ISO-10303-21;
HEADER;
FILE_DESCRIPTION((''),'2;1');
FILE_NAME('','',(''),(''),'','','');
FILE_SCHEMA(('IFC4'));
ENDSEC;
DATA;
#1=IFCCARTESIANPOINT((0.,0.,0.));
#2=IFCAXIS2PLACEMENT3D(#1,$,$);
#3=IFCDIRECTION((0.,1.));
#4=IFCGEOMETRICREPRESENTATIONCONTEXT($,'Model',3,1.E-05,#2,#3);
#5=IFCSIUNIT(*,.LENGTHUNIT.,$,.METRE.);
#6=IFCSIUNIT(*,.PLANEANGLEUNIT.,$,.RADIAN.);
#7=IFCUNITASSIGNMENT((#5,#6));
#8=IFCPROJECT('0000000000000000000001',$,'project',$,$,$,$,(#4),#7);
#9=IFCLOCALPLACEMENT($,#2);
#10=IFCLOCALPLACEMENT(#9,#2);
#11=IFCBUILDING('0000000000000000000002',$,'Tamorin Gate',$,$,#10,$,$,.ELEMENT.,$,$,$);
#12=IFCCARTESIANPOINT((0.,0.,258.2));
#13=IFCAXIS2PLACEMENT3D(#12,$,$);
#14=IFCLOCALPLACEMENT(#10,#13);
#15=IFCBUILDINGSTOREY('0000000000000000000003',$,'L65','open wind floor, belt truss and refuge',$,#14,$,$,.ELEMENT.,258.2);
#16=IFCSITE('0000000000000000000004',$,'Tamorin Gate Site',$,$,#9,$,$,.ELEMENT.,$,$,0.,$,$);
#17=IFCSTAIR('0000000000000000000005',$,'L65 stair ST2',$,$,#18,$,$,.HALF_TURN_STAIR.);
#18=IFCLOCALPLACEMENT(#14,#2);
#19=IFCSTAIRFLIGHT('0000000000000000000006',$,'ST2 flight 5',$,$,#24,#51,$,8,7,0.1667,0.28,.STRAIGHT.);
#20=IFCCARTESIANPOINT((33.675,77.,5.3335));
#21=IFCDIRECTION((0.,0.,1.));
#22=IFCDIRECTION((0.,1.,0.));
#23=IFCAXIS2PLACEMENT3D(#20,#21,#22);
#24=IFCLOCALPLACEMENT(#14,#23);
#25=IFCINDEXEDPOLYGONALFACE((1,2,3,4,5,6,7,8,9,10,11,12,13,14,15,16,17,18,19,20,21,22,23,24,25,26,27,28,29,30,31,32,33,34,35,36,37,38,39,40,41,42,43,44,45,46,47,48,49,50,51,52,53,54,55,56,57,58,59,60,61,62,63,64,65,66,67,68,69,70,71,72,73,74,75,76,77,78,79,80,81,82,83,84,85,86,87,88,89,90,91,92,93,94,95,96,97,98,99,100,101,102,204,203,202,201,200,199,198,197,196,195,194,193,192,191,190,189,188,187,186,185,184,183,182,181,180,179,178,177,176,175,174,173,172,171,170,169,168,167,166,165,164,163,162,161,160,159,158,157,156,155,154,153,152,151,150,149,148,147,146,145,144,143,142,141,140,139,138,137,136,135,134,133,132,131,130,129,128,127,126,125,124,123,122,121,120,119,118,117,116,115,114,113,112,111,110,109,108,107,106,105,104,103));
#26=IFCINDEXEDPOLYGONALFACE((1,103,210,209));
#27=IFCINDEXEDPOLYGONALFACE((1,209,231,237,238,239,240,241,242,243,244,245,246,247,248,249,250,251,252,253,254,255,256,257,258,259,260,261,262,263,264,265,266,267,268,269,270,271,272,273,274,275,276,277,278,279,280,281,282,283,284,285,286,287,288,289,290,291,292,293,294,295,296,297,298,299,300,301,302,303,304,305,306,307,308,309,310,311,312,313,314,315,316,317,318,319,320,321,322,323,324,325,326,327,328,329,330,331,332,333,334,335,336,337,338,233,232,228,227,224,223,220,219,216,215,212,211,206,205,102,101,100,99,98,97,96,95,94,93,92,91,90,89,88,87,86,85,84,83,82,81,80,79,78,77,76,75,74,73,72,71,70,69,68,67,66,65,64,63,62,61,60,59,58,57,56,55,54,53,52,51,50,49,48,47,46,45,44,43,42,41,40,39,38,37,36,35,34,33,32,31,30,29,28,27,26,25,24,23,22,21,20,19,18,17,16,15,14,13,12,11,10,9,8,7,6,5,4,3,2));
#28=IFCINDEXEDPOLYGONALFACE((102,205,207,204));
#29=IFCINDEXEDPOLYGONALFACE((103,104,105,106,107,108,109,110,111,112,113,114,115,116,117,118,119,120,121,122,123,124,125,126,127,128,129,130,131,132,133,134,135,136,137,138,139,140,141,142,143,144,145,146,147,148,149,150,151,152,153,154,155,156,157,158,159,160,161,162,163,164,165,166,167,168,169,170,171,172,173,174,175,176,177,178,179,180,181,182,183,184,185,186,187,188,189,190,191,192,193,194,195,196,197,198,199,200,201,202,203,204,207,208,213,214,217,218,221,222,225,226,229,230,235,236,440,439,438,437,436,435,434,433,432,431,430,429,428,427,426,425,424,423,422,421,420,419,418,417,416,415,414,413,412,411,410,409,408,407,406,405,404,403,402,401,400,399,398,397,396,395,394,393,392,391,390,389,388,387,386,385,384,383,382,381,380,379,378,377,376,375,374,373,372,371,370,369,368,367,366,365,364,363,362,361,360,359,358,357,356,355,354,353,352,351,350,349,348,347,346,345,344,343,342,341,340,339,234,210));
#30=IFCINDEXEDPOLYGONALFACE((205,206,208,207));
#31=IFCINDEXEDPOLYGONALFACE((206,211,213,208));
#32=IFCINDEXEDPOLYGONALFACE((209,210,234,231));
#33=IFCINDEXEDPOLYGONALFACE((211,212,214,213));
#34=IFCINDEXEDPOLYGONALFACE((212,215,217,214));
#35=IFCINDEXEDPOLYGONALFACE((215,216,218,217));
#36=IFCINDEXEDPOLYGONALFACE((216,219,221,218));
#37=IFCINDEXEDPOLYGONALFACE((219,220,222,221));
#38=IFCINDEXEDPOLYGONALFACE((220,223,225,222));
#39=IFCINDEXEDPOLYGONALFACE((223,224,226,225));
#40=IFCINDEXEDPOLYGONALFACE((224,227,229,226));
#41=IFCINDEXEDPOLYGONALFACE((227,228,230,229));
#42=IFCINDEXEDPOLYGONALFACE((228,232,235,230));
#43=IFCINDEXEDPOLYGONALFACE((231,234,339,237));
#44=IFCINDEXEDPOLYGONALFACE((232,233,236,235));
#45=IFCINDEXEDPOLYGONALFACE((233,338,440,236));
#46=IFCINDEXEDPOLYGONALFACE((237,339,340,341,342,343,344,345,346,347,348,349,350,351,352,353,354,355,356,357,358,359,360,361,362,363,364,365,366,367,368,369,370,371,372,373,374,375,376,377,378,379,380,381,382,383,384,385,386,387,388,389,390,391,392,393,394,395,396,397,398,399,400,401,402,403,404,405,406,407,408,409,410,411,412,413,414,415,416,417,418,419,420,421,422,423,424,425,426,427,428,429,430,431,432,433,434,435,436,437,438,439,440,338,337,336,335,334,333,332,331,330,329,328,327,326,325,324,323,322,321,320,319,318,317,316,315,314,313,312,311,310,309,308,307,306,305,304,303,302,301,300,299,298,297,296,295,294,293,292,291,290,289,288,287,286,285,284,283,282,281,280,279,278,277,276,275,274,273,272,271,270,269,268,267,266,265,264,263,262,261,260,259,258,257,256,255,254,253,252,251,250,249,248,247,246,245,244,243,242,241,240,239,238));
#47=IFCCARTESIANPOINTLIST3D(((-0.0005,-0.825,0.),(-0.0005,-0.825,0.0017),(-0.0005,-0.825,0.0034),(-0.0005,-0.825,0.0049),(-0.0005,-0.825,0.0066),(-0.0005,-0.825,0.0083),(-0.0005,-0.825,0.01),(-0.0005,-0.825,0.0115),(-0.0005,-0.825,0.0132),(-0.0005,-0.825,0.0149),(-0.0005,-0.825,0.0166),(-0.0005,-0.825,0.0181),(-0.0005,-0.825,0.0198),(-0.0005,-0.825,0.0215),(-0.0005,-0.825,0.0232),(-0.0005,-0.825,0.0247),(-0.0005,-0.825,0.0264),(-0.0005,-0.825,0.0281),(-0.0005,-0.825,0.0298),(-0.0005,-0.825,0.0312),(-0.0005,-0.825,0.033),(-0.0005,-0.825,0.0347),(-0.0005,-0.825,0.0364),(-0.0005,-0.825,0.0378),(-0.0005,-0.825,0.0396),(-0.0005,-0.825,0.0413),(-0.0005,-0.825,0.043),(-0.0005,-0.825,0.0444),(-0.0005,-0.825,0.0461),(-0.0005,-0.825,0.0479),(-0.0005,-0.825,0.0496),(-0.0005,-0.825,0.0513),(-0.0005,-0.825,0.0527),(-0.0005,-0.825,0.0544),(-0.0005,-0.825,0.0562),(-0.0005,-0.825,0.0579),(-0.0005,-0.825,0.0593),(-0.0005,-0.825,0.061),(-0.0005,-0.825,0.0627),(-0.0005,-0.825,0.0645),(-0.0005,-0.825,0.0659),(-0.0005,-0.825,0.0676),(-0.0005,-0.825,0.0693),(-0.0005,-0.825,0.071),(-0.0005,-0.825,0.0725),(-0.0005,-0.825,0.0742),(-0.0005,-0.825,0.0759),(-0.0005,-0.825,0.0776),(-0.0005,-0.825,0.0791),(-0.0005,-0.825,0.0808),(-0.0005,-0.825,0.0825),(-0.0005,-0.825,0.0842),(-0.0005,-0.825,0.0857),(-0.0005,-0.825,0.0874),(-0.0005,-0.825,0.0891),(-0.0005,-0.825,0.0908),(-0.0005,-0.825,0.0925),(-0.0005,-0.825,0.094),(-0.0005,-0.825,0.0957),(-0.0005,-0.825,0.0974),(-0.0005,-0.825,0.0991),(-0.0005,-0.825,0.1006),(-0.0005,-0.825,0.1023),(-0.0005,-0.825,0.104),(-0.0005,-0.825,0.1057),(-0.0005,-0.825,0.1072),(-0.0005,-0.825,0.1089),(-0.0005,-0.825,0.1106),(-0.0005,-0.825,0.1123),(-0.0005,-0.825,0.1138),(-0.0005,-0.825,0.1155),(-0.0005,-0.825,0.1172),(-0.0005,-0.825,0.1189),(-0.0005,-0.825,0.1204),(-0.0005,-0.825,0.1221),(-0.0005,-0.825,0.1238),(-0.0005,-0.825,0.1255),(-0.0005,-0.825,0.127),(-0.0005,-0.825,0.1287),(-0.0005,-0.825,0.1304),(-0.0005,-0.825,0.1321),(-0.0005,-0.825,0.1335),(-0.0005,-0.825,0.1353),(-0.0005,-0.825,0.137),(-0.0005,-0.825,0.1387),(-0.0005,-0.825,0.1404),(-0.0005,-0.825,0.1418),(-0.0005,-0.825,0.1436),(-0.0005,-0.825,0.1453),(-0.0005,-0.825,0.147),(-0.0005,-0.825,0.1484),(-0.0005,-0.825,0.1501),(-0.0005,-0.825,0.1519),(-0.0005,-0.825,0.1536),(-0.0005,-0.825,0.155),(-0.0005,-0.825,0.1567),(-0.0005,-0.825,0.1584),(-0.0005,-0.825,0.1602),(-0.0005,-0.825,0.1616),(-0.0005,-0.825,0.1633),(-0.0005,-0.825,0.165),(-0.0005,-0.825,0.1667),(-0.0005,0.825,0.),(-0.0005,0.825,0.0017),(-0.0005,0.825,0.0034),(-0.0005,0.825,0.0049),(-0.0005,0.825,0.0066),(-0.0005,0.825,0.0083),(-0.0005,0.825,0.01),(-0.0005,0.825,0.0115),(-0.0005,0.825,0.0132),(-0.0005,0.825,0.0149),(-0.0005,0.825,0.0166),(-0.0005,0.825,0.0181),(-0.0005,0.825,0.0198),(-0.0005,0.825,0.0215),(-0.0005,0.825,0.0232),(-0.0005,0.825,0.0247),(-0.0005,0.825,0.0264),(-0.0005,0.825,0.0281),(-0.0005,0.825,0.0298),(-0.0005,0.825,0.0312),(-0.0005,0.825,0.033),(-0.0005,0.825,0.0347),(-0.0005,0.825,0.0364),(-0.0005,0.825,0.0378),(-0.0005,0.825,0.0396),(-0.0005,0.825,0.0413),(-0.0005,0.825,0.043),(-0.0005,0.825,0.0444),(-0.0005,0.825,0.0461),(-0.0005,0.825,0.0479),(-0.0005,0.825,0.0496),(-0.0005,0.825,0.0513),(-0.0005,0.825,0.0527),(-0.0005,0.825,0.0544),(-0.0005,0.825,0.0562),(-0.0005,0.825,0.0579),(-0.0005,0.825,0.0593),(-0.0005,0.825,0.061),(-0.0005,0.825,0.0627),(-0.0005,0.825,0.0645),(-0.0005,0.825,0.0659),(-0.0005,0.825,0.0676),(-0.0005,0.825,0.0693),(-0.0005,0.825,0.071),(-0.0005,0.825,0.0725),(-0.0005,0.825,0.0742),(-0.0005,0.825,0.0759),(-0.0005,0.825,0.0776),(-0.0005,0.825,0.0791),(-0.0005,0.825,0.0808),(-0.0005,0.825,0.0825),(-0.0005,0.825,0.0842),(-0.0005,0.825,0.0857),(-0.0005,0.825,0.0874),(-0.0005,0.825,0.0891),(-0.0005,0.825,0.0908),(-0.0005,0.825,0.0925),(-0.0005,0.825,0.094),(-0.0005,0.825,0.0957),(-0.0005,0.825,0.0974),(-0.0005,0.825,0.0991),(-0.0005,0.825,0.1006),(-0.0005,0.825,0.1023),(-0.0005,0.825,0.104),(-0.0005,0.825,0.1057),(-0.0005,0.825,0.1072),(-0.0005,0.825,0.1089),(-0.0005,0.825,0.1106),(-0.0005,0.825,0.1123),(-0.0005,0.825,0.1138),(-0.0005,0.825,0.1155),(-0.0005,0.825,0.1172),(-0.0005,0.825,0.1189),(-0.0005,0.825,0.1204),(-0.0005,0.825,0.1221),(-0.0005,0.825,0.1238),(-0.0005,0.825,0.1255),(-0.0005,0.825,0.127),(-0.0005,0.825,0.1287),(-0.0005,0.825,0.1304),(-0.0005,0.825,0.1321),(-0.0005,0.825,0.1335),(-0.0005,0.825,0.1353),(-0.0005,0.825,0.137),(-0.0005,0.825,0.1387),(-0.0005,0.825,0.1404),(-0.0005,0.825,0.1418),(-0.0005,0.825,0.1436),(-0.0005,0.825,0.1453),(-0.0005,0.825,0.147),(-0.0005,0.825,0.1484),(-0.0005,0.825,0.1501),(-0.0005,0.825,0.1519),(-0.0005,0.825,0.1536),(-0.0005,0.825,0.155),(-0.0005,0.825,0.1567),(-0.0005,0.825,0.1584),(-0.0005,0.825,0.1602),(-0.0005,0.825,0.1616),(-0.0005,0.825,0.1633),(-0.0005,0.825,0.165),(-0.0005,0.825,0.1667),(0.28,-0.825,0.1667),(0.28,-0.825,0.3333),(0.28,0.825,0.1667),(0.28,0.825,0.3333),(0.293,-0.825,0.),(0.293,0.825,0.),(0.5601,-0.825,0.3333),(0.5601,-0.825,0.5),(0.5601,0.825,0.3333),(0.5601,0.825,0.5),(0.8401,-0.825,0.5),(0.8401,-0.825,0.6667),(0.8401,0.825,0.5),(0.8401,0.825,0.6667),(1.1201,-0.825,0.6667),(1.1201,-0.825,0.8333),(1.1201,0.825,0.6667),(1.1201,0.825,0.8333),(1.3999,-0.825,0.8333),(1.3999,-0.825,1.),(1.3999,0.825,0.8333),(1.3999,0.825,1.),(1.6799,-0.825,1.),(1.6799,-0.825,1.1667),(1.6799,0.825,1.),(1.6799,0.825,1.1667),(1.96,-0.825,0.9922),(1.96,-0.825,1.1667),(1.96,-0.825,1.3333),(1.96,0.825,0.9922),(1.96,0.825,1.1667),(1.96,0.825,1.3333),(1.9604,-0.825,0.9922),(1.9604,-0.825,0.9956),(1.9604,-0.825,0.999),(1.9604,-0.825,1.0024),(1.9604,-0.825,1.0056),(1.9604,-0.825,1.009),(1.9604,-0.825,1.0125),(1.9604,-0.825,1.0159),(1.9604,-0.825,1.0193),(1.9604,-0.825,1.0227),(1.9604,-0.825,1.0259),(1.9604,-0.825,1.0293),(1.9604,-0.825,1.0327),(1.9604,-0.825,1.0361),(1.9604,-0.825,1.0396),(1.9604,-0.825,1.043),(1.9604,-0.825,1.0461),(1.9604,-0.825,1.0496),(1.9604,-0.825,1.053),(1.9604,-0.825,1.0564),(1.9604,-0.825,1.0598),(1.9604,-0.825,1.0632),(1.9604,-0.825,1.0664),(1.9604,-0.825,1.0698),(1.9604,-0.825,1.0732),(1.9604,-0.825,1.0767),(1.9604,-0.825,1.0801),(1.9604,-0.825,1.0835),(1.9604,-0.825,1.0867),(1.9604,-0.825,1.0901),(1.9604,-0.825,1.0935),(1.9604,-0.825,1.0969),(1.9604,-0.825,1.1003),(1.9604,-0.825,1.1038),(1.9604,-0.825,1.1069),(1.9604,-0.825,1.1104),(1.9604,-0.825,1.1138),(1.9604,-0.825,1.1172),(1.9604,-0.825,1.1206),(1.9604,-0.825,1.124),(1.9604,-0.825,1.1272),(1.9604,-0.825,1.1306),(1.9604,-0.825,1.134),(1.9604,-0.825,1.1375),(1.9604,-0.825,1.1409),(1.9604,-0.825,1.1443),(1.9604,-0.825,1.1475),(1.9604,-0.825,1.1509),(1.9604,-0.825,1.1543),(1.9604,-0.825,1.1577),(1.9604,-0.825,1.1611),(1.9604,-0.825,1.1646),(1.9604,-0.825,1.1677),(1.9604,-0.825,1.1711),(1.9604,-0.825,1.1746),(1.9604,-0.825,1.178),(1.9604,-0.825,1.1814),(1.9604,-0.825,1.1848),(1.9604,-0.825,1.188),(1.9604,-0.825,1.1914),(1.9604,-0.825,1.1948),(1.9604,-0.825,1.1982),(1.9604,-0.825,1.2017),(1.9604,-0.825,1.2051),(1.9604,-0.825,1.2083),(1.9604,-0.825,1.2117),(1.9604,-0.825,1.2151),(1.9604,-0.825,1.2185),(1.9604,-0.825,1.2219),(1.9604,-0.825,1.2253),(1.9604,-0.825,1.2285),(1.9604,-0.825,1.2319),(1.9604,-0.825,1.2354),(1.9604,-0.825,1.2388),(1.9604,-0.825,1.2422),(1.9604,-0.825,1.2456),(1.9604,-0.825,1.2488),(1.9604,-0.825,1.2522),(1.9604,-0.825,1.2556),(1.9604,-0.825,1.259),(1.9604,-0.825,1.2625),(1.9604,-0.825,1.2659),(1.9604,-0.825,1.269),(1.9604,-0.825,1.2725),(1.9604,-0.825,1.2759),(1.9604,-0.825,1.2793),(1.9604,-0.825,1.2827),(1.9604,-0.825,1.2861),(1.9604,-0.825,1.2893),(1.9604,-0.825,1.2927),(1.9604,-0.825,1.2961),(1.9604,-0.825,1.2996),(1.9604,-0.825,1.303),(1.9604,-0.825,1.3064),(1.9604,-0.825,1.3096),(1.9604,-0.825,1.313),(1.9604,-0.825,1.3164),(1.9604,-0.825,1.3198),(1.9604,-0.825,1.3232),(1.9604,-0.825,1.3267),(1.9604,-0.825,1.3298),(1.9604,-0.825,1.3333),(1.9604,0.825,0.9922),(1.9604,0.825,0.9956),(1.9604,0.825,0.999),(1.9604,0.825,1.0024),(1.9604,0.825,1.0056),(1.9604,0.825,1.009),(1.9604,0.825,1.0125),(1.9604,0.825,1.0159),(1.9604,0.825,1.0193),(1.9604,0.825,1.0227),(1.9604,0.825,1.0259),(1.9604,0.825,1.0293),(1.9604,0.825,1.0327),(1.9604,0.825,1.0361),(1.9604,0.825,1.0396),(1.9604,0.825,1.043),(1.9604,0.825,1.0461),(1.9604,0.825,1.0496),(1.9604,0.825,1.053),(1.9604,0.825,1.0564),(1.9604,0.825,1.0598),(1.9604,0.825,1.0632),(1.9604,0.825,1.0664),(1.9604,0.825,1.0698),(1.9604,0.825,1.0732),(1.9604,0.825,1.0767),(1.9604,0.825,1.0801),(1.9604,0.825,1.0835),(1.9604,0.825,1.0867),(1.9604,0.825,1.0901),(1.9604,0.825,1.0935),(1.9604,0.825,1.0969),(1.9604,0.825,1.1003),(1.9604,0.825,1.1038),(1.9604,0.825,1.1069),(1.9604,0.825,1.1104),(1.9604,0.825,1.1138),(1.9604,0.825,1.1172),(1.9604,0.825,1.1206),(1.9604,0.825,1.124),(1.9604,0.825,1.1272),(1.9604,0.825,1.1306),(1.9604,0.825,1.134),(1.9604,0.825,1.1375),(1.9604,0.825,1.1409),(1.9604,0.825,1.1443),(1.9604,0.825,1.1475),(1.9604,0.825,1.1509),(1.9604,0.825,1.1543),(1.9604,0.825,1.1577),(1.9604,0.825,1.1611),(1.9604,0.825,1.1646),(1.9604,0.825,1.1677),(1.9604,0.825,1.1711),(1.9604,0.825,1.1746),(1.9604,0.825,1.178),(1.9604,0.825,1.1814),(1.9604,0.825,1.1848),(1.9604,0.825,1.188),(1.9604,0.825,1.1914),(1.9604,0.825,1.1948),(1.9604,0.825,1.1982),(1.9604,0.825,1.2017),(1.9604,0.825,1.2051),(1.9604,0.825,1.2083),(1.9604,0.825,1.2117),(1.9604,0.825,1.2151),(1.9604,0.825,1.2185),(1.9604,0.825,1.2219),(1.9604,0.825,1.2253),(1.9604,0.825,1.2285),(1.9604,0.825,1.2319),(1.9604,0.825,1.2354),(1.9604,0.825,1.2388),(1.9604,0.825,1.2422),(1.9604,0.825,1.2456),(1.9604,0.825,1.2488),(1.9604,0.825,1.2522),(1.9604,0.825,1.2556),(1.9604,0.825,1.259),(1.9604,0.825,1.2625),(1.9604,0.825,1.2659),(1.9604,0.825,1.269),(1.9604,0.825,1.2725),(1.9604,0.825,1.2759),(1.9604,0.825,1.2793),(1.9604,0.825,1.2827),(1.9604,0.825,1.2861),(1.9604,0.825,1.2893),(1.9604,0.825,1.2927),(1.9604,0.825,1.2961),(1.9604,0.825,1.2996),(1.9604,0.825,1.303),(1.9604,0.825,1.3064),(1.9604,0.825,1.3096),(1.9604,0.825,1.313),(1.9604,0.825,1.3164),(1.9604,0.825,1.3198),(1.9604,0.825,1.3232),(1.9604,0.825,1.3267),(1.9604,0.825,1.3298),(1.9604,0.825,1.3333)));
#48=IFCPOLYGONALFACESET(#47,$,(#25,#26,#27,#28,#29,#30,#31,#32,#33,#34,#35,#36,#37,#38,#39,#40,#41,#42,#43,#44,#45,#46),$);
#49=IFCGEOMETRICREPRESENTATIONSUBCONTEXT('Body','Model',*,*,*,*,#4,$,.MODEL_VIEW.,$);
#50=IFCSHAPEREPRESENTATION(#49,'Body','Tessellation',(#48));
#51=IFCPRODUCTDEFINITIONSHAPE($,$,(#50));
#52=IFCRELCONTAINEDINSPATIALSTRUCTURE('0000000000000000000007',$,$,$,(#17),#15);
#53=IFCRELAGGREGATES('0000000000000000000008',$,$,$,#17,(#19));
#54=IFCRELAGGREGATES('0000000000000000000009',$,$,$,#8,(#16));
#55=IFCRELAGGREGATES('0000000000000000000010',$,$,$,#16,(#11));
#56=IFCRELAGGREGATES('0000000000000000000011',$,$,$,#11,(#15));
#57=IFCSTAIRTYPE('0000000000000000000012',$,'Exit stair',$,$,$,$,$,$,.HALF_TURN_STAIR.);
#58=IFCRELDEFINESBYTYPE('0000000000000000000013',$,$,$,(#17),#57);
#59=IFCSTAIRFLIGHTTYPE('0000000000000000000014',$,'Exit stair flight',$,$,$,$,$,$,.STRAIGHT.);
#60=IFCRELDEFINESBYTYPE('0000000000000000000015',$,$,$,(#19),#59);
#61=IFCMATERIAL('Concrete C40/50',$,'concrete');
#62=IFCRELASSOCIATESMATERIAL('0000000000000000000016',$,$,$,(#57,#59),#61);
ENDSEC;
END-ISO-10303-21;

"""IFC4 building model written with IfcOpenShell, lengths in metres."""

from ifc_helpers import new_model, si_unit, direction, frame, origin, place, context, subcontext, project, spatial, polyline, outline, extrude, material, type_object, element, aggregate, save


model = new_model("IFC4")

# Units and contexts
model_context = context("Model", 3, precision=1e-05, world=origin(), true_north=direction((0.0, 1.0)))
body_context = subcontext(model_context, "Body", "Model", "MODEL_VIEW")
ifc_project = project(units=[si_unit("LENGTHUNIT", "METRE"), si_unit("PLANEANGLEUNIT", "RADIAN")], contexts=[model_context])

# Site, building, storey
site_placement = place(None, origin())
site = spatial("IfcSite", under=ifc_project, at=site_placement, Name="Tamorin Gate Site", CompositionType="ELEMENT", RefElevation=0.0)
building_placement = place(site_placement, origin())
building = spatial("IfcBuilding", under=site, at=building_placement, Name="Tamorin Gate", CompositionType="ELEMENT")
storey_placement = place(building_placement, frame((0.0, 0.0, 258.2)))
storey = spatial("IfcBuildingStorey", under=building, at=storey_placement, Name="L65", Description="open wind floor, belt truss and refuge", CompositionType="ELEMENT", Elevation=258.2)

# Shared definitions
ifc_material_1 = material(Name="Concrete C40/50", Category="concrete")

# Stair, stair flight
stair_type = type_object("IfcStairType", Name="Exit stair", PredefinedType="HALF_TURN_STAIR", material=ifc_material_1)
stair_flight_type = type_object("IfcStairFlightType", Name="Exit stair flight", PredefinedType="STRAIGHT", material=ifc_material_1)
stair_1_placement = place(storey_placement, origin())
stair_1 = element("IfcStair", 1, at=stair_1_placement, inside=storey, type_object=stair_type, Name="L65 stair ST2", PredefinedType="HALF_TURN_STAIR")
stair_flight_1_placement = place(storey_placement, frame((33.675, 77.0, 5.3335), z_axis=(0.0, 0.0, 1.0), x_axis=(0.0, 1.0, 0.0)))
stair_flight_1 = element("IfcStairFlight", 2, at=stair_flight_1_placement, type_object=stair_flight_type, Name="ST2 flight 5", NumberOfRisers=8, NumberOfTreads=7, PredefinedType="STRAIGHT", RiserHeight=0.1667, TreadLength=0.28, context=body_context, shape_type="SweptSolid", body=[
    extrude(outline(polyline([(-0.0005, 0.0), (-0.0005, 0.0017), (-0.0005, 0.0034), (-0.0005, 0.0049), (-0.0005, 0.0066), (-0.0005, 0.0083), (-0.0005, 0.01), (-0.0005, 0.0115), (-0.0005, 0.0132), (-0.0005, 0.0149), (-0.0005, 0.0166), (-0.0005, 0.0181), (-0.0005, 0.0198), (-0.0005, 0.0215), (-0.0005, 0.0232), (-0.0005, 0.0247), (-0.0005, 0.0264), (-0.0005, 0.0281), (-0.0005, 0.0298), (-0.0005, 0.0312), (-0.0005, 0.033), (-0.0005, 0.0347), (-0.0005, 0.0364), (-0.0005, 0.0378), (-0.0005, 0.0396), (-0.0005, 0.0413), (-0.0005, 0.043), (-0.0005, 0.0444), (-0.0005, 0.0461), (-0.0005, 0.0479), (-0.0005, 0.0496), (-0.0005, 0.0513), (-0.0005, 0.0527), (-0.0005, 0.0544), (-0.0005, 0.0562), (-0.0005, 0.0579), (-0.0005, 0.0593), (-0.0005, 0.061), (-0.0005, 0.0627), (-0.0005, 0.0645), (-0.0005, 0.0659), (-0.0005, 0.0676), (-0.0005, 0.0693), (-0.0005, 0.071), (-0.0005, 0.0725), (-0.0005, 0.0742), (-0.0005, 0.0759), (-0.0005, 0.0776), (-0.0005, 0.0791), (-0.0005, 0.0808), (-0.0005, 0.0825), (-0.0005, 0.0842), (-0.0005, 0.0857), (-0.0005, 0.0874), (-0.0005, 0.0891), (-0.0005, 0.0908), (-0.0005, 0.0925), (-0.0005, 0.094), (-0.0005, 0.0957), (-0.0005, 0.0974), (-0.0005, 0.0991), (-0.0005, 0.1006), (-0.0005, 0.1023), (-0.0005, 0.104), (-0.0005, 0.1057), (-0.0005, 0.1072), (-0.0005, 0.1089), (-0.0005, 0.1106), (-0.0005, 0.1123), (-0.0005, 0.1138), (-0.0005, 0.1155), (-0.0005, 0.1172), (-0.0005, 0.1189), (-0.0005, 0.1204), (-0.0005, 0.1221), (-0.0005, 0.1238), (-0.0005, 0.1255), (-0.0005, 0.127), (-0.0005, 0.1287), (-0.0005, 0.1304), (-0.0005, 0.1321), (-0.0005, 0.1335), (-0.0005, 0.1353), (-0.0005, 0.137), (-0.0005, 0.1387), (-0.0005, 0.1404), (-0.0005, 0.1418), (-0.0005, 0.1436), (-0.0005, 0.1453), (-0.0005, 0.147), (-0.0005, 0.1484), (-0.0005, 0.1501), (-0.0005, 0.1519), (-0.0005, 0.1536), (-0.0005, 0.155), (-0.0005, 0.1567), (-0.0005, 0.1584), (-0.0005, 0.1602), (-0.0005, 0.1616), (-0.0005, 0.1633), (-0.0005, 0.165), (-0.0005, 0.1667), (0.28, 0.1667), (0.28, 0.3333), (0.5601, 0.3333), (0.5601, 0.5), (0.8401, 0.5), (0.8401, 0.6667), (1.1201, 0.6667), (1.1201, 0.8333), (1.3999, 0.8333), (1.3999, 1.0), (1.6799, 1.0), (1.6799, 1.1667), (1.96, 1.1667), (1.96, 1.3333), (1.9604, 1.3333), (1.9604, 1.3298), (1.9604, 1.3267), (1.9604, 1.3232), (1.9604, 1.3198), (1.9604, 1.3164), (1.9604, 1.313), (1.9604, 1.3096), (1.9604, 1.3064), (1.9604, 1.303), (1.9604, 1.2996), (1.9604, 1.2961), (1.9604, 1.2927), (1.9604, 1.2893), (1.9604, 1.2861), (1.9604, 1.2827), (1.9604, 1.2793), (1.9604, 1.2759), (1.9604, 1.2725), (1.9604, 1.269), (1.9604, 1.2659), (1.9604, 1.2625), (1.9604, 1.259), (1.9604, 1.2556), (1.9604, 1.2522), (1.9604, 1.2488), (1.9604, 1.2456), (1.9604, 1.2422), (1.9604, 1.2388), (1.9604, 1.2354), (1.9604, 1.2319), (1.9604, 1.2285), (1.9604, 1.2253), (1.9604, 1.2219), (1.9604, 1.2185), (1.9604, 1.2151), (1.9604, 1.2117), (1.9604, 1.2083), (1.9604, 1.2051), (1.9604, 1.2017), (1.9604, 1.1982), (1.9604, 1.1948), (1.9604, 1.1914), (1.9604, 1.188), (1.9604, 1.1848), (1.9604, 1.1814), (1.9604, 1.178), (1.9604, 1.1746), (1.9604, 1.1711), (1.9604, 1.1677), (1.9604, 1.1646), (1.9604, 1.1611), (1.9604, 1.1577), (1.9604, 1.1543), (1.9604, 1.1509), (1.9604, 1.1475), (1.9604, 1.1443), (1.9604, 1.1409), (1.9604, 1.1375), (1.9604, 1.134), (1.9604, 1.1306), (1.9604, 1.1272), (1.9604, 1.124), (1.9604, 1.1206), (1.9604, 1.1172), (1.9604, 1.1138), (1.9604, 1.1104), (1.9604, 1.1069), (1.9604, 1.1038), (1.9604, 1.1003), (1.9604, 1.0969), (1.9604, 1.0935), (1.9604, 1.0901), (1.9604, 1.0867), (1.9604, 1.0835), (1.9604, 1.0801), (1.9604, 1.0767), (1.9604, 1.0732), (1.9604, 1.0698), (1.9604, 1.0664), (1.9604, 1.0632), (1.9604, 1.0598), (1.9604, 1.0564), (1.9604, 1.053), (1.9604, 1.0496), (1.9604, 1.0461), (1.9604, 1.043), (1.9604, 1.0396), (1.9604, 1.0361), (1.9604, 1.0327), (1.9604, 1.0293), (1.9604, 1.0259), (1.9604, 1.0227), (1.9604, 1.0193), (1.9604, 1.0159), (1.9604, 1.0125), (1.9604, 1.009), (1.9604, 1.0056), (1.9604, 1.0024), (1.9604, 0.999), (1.9604, 0.9956), (1.9604, 0.9922), (1.96, 0.9922), (0.293, 0.0), (-0.0005, 0.0)])), frame((0.0, 0.825, 0.0), z_axis=(0.0, -1.0, 0.0), x_axis=(1.0, 0.0, 0.0)), (0.0, 0.0, 1.0), 1.6499),
])
aggregate(stair_1, [stair_flight_1])

save(model, "model.ifc")
